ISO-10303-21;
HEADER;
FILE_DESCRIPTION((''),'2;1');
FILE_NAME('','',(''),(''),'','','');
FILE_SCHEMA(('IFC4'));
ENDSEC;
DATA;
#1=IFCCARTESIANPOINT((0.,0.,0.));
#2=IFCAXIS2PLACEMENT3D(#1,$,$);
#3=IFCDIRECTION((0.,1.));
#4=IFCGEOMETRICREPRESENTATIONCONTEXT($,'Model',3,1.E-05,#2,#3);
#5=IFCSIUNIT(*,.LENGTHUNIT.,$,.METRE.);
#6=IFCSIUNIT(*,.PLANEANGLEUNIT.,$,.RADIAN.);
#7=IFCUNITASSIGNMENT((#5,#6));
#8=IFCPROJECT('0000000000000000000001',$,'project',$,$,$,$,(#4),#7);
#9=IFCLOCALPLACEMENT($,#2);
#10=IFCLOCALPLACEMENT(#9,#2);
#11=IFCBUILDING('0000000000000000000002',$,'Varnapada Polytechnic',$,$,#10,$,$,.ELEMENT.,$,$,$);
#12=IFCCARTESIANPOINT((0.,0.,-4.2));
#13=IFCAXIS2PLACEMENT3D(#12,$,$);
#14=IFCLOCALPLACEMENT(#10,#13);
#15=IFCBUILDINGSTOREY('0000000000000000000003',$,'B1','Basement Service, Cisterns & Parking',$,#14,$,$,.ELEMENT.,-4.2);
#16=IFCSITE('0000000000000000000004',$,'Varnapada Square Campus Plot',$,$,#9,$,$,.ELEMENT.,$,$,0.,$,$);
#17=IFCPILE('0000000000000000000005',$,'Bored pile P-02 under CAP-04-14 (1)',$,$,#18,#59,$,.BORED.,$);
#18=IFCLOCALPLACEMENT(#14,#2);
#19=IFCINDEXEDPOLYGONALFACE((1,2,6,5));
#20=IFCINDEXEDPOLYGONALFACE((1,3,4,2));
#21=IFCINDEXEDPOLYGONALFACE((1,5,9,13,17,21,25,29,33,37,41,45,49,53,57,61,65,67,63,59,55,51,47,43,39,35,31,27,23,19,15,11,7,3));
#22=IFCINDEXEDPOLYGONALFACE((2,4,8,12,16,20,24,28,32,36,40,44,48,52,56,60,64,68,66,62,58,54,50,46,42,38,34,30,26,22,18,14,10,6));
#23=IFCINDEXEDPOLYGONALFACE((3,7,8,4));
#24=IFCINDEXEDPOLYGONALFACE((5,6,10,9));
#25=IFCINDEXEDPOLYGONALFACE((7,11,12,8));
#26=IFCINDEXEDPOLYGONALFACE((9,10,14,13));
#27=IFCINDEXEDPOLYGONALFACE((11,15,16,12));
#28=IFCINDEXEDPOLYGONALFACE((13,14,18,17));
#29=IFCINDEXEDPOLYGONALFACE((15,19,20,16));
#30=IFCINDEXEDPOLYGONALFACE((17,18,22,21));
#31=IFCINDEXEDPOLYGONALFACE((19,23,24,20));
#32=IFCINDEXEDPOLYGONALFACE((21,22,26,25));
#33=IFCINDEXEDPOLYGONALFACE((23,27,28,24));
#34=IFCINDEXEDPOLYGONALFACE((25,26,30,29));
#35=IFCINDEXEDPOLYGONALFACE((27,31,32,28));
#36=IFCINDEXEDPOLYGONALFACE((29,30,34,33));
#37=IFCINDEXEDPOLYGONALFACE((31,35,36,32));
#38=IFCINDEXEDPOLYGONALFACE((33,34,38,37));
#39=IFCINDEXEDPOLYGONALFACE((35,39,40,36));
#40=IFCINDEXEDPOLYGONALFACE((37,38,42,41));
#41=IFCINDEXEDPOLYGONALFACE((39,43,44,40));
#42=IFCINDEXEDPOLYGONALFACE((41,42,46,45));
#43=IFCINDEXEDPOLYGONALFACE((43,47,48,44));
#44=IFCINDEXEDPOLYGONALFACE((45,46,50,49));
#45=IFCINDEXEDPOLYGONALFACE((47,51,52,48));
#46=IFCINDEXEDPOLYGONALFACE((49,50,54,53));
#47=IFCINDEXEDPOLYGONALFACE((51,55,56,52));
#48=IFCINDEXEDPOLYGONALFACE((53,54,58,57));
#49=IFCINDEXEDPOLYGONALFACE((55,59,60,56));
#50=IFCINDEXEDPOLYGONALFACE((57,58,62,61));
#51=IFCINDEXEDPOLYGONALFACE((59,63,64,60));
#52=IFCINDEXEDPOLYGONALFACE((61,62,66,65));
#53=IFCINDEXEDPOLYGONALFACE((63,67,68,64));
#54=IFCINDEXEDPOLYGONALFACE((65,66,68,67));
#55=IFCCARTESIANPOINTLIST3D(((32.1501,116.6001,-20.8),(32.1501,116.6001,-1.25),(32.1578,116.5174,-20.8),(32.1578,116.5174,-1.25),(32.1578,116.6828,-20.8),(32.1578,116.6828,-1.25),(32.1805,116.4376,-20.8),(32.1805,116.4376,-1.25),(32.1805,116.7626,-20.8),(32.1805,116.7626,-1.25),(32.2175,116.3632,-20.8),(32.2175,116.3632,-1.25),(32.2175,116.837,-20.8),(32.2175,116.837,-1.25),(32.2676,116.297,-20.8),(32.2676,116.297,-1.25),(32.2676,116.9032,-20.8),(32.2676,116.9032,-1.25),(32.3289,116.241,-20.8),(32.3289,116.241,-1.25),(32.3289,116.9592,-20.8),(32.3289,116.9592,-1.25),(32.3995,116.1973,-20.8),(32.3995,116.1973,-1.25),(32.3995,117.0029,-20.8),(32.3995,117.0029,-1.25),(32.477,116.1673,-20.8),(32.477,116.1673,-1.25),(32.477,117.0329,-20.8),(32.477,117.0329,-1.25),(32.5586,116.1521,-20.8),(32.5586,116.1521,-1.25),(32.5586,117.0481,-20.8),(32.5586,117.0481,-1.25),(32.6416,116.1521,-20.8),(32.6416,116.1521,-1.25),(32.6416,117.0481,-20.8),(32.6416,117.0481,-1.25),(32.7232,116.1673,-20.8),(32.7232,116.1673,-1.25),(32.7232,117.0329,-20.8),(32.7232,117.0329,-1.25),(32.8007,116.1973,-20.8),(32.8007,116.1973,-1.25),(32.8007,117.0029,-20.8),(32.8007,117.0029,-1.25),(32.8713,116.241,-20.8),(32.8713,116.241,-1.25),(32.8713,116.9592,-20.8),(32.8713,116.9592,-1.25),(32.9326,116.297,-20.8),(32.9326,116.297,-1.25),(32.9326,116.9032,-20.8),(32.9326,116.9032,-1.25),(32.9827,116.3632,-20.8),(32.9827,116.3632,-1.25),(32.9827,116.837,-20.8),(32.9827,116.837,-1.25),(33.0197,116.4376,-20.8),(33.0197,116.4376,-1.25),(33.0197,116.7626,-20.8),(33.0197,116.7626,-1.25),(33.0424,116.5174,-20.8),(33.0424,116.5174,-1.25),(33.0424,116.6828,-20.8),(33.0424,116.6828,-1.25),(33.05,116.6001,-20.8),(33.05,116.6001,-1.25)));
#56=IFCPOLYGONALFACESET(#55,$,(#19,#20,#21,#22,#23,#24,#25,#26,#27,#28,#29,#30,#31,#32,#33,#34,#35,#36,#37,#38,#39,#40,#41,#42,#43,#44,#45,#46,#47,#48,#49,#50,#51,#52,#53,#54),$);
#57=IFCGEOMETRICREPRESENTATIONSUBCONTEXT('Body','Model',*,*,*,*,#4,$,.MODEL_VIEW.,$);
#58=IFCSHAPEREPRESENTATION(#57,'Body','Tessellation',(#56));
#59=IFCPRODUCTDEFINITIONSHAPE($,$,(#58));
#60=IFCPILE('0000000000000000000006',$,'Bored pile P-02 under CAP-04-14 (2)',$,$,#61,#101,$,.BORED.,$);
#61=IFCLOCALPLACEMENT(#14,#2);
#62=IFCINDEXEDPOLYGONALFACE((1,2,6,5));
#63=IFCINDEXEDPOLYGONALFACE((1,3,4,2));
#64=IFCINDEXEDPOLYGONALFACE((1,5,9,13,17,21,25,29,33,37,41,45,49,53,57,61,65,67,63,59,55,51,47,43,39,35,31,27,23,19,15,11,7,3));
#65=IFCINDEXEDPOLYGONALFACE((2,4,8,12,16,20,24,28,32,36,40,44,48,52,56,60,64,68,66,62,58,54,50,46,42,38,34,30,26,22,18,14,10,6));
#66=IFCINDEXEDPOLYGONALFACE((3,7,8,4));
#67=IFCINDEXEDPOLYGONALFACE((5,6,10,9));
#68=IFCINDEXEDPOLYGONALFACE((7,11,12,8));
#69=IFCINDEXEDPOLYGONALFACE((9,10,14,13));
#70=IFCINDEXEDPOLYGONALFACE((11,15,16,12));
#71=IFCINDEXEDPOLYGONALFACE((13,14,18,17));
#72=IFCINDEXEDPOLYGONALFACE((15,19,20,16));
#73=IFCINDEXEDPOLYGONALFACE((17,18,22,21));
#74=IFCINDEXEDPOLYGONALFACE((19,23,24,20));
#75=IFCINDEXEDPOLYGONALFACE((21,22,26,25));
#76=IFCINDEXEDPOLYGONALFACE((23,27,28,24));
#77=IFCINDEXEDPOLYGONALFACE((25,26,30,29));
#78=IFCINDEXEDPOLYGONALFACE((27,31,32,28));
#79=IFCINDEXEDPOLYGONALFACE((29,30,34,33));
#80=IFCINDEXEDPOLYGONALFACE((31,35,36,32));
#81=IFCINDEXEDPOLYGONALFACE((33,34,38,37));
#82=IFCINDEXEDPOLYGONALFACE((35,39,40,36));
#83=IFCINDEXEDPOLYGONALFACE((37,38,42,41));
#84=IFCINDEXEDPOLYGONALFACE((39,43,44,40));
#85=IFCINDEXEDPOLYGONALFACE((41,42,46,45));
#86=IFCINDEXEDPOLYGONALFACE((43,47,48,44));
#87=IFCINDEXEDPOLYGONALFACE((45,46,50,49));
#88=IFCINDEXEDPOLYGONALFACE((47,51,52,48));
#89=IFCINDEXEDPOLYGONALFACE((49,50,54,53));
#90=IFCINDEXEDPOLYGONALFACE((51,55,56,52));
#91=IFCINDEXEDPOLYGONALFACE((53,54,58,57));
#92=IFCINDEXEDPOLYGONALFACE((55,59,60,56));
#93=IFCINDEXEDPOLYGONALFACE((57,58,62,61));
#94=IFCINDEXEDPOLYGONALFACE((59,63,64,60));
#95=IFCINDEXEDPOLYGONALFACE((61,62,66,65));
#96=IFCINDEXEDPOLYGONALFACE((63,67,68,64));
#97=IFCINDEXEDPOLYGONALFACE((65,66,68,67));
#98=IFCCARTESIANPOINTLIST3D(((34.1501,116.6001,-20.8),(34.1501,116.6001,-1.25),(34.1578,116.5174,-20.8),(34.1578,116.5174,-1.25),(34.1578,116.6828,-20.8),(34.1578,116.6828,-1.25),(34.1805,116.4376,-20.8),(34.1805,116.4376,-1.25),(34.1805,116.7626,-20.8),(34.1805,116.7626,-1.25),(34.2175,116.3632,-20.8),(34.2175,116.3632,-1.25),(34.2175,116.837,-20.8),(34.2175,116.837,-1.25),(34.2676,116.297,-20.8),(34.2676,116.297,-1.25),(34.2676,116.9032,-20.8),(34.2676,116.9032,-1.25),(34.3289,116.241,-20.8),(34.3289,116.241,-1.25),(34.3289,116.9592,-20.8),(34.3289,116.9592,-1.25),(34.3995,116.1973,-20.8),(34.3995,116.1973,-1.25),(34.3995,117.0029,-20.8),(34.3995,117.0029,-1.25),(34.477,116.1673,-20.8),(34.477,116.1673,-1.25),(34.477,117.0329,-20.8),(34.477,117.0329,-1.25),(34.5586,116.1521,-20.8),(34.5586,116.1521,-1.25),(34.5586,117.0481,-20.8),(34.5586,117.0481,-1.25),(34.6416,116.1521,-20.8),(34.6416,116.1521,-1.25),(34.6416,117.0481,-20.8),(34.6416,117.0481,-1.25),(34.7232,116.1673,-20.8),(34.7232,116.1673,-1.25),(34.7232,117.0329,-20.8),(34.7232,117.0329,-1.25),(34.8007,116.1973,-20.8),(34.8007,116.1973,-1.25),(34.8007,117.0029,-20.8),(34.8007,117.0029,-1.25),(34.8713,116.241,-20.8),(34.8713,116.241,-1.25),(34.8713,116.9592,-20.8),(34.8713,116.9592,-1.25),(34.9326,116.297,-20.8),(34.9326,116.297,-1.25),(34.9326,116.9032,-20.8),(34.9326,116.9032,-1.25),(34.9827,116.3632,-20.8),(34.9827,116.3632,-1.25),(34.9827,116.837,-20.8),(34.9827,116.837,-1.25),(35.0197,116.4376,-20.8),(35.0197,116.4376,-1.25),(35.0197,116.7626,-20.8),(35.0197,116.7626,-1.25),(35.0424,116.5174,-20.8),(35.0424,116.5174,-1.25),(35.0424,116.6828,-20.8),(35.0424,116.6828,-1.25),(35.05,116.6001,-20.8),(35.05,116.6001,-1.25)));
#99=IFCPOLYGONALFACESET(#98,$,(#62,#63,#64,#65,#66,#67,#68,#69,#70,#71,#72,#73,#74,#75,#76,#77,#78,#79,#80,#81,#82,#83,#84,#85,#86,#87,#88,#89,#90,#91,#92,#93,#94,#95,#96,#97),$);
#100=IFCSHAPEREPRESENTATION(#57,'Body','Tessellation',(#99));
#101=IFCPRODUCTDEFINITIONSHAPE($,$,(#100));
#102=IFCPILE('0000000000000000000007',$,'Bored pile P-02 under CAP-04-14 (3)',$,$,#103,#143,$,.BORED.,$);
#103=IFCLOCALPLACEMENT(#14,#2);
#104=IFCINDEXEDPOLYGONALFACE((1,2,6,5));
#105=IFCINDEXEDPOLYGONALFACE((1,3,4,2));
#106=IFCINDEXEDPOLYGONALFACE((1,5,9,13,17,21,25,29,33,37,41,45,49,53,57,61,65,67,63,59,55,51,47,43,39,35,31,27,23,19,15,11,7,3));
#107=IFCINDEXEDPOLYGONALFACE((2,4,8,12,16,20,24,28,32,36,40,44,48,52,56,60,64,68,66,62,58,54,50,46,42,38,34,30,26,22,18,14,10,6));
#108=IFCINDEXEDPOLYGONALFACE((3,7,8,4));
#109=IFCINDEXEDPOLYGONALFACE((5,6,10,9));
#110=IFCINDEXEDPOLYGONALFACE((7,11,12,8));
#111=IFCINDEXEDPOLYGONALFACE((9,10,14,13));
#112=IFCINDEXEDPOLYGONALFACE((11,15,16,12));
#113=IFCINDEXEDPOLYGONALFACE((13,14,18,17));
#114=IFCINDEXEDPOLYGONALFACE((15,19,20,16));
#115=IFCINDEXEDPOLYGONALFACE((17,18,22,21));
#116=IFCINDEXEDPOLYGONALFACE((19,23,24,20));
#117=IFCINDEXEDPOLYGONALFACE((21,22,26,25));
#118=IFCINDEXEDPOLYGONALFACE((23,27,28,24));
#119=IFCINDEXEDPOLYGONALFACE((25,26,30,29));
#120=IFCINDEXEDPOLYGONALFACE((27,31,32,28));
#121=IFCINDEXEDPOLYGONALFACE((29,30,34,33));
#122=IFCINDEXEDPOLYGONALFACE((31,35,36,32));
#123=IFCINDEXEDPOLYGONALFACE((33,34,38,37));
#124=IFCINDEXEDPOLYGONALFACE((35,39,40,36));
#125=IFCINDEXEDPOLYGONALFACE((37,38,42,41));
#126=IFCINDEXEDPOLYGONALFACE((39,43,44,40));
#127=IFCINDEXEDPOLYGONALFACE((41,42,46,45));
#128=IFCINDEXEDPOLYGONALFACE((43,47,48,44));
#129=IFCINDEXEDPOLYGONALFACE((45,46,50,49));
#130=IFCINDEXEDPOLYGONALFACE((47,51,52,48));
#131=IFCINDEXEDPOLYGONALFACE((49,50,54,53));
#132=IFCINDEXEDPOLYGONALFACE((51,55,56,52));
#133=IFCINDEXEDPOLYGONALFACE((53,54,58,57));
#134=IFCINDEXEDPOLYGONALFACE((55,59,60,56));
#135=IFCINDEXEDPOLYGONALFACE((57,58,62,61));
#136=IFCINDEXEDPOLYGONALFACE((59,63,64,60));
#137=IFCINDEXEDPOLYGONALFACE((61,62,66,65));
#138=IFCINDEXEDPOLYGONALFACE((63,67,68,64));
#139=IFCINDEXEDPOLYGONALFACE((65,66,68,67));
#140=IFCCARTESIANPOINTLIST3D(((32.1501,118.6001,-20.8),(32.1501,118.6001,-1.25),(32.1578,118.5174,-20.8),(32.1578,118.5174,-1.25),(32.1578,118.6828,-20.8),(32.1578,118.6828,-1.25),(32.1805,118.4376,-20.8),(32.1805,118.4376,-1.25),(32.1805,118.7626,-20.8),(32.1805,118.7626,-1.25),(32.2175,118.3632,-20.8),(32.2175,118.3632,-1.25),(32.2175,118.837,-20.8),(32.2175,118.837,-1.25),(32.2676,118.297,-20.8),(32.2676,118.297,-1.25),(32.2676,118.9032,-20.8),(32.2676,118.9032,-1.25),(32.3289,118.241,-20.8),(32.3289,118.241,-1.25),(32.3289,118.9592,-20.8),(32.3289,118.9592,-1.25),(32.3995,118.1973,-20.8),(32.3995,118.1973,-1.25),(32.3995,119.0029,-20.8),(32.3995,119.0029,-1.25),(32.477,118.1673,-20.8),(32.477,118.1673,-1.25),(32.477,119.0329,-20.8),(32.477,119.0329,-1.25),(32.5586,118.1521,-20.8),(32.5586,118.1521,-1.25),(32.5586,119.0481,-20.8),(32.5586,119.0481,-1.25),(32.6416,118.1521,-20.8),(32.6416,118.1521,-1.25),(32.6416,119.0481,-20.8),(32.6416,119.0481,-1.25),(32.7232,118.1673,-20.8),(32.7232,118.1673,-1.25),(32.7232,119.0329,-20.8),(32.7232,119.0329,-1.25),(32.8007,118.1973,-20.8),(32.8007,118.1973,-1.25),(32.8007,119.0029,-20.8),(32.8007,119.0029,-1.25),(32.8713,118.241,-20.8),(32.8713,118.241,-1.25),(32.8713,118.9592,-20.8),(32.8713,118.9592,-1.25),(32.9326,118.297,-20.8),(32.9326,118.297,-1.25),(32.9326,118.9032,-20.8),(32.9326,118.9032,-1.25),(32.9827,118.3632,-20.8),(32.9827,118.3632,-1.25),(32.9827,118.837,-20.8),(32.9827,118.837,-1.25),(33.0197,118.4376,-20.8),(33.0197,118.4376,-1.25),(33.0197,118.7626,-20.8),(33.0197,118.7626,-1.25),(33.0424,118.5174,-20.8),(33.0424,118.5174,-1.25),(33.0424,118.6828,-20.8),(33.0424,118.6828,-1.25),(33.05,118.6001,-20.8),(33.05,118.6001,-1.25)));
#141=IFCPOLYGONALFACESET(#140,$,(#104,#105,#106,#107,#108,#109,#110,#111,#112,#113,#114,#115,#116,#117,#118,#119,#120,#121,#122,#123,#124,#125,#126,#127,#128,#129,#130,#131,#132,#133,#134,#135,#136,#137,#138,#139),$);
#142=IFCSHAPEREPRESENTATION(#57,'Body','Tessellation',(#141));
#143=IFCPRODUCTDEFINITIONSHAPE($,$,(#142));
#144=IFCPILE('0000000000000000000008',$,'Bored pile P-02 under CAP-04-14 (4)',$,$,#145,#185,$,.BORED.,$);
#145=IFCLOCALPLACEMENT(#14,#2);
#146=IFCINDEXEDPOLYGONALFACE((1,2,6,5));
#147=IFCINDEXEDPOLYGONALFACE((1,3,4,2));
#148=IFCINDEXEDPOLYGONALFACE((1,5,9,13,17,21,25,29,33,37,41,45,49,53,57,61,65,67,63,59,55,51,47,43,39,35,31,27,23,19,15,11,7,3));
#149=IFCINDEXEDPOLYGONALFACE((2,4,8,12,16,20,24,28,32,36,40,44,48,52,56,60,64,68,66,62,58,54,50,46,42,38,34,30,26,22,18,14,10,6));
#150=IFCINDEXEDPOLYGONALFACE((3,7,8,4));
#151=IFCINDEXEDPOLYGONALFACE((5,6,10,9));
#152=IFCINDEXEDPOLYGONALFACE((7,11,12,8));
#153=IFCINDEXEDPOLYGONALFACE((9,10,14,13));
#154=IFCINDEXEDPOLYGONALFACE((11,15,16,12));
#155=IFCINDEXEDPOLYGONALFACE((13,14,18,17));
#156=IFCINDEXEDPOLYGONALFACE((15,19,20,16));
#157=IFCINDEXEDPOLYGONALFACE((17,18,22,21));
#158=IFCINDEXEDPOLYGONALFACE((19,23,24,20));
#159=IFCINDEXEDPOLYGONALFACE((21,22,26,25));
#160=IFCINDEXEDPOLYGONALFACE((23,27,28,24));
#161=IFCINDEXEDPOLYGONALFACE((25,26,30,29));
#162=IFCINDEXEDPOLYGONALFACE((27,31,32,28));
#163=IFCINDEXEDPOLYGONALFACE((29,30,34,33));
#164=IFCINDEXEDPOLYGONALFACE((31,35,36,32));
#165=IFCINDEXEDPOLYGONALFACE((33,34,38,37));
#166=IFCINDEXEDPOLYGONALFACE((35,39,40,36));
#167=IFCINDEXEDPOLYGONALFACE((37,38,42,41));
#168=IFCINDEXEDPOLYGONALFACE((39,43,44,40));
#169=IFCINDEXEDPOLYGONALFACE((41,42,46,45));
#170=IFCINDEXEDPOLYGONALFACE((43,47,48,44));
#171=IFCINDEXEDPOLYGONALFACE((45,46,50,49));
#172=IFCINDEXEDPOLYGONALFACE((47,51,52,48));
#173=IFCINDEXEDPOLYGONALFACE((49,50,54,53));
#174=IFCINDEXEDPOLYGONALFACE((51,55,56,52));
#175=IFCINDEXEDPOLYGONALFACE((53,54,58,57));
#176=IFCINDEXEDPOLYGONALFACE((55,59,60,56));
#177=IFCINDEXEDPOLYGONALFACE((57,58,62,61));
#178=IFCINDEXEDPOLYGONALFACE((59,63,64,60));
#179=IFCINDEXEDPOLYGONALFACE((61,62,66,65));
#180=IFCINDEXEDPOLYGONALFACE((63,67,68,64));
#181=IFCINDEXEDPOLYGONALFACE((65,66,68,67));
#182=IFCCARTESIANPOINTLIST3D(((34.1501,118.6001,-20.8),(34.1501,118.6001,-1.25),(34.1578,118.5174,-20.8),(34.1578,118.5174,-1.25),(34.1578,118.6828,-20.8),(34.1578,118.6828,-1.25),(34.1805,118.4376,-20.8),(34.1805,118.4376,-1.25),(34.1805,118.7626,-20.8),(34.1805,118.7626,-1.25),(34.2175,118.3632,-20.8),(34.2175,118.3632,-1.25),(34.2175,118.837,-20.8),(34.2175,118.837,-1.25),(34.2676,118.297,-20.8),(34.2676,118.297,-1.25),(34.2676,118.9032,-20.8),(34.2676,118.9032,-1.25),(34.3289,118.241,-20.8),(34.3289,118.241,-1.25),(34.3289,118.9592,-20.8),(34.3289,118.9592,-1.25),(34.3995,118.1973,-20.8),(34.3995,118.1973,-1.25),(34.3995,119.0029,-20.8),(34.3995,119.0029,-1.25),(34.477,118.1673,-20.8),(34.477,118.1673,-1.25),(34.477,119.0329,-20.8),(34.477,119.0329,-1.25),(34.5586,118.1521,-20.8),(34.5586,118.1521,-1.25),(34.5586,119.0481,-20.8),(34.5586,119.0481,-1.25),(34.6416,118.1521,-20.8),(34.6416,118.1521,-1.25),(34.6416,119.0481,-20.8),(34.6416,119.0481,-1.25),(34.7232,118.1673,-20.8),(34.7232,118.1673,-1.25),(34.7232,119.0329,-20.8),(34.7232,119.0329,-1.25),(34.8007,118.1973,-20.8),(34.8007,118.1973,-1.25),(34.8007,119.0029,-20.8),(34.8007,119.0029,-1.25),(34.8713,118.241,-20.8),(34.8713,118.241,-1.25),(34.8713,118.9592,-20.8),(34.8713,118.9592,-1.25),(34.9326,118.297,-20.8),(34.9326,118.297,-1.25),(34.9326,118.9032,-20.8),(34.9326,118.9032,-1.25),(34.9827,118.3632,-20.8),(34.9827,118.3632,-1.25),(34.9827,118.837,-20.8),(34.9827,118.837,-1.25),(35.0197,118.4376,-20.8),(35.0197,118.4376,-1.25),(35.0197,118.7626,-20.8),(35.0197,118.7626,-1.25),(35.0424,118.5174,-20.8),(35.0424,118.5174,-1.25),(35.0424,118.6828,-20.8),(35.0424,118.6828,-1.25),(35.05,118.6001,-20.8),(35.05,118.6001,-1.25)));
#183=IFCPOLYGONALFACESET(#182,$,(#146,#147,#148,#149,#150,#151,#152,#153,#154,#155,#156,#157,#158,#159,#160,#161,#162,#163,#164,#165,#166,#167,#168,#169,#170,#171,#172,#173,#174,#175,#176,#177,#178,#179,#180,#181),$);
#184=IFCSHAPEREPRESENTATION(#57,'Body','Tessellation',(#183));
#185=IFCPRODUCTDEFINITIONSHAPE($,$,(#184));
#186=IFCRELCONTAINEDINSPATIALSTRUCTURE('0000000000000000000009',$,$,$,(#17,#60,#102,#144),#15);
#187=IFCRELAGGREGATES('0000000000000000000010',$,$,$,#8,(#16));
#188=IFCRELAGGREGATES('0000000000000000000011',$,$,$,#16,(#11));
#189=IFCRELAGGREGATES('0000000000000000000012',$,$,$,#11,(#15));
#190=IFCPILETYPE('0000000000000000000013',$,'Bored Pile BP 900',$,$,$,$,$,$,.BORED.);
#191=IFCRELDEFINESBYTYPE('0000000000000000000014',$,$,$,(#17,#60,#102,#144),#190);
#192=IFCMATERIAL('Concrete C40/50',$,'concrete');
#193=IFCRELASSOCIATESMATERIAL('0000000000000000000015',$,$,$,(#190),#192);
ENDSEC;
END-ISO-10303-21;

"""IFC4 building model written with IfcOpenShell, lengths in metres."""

from ifc_helpers import new_model, si_unit, direction, frame, origin, origin_2d, place, context, subcontext, project, spatial, circle, extrude, material, material_profile, profile_set, type_object, element, save


model = new_model("IFC4")

# Units and contexts
model_context = context("Model", 3, precision=1e-05, world=origin(), true_north=direction((0.0, 1.0)))
body_context = subcontext(model_context, "Body", "Model", "MODEL_VIEW")
ifc_project = project(units=[si_unit("LENGTHUNIT", "METRE"), si_unit("PLANEANGLEUNIT", "RADIAN")], contexts=[model_context])

# Site, building, storey
site_placement = place(None, origin())
site = spatial("IfcSite", under=ifc_project, at=site_placement, Name="Varnapada Square Campus Plot", CompositionType="ELEMENT", RefElevation=0.0)
building_placement = place(site_placement, origin())
building = spatial("IfcBuilding", under=site, at=building_placement, Name="Varnapada Polytechnic", CompositionType="ELEMENT")
storey_placement = place(building_placement, frame((0.0, 0.0, -4.2)))
storey = spatial("IfcBuildingStorey", under=building, at=storey_placement, Name="B1", Description="Basement Service, Cisterns & Parking", CompositionType="ELEMENT", Elevation=-4.2)

# Piles
ifc_material_1 = material(Name="Concrete C40/50", Category="concrete")
ifc_material_profile_1 = material_profile(ifc_material_1, circle(Radius=0.45, at=origin_2d()), Name="BP 900")
ifc_profile_set_1 = profile_set([ifc_material_profile_1], Name="Concrete C40/50")
pile_type_1 = type_object("IfcPileType", Name="Bored Pile BP 900", PredefinedType="BORED", material=ifc_profile_set_1)
for number, where, z_axis, x_axis, name in (
    (1, (32.6001, 116.6001, -1.25), (0.0, 0.0, -1.0), (1.0, 0.0, 0.0), "Bored pile P-02 under CAP-04-14 (1)"),
    (2, (34.6001, 116.6001, -1.25), (0.0, 0.0, -1.0), (1.0, 0.0, 0.0), "Bored pile P-02 under CAP-04-14 (2)"),
    (3, (32.6001, 118.6001, -1.25), (0.0, 0.0, -1.0), (1.0, 0.0, 0.0), "Bored pile P-02 under CAP-04-14 (3)"),
    (4, (34.6001, 118.6001, -1.25), (0.0, 0.0, -1.0), (1.0, 0.0, 0.0), "Bored pile P-02 under CAP-04-14 (4)"),
):
    element("IfcPile", number, at=place(storey_placement, frame(where, z_axis=z_axis, x_axis=x_axis)), inside=storey, type_object=pile_type_1, Name=name, PredefinedType="BORED", context=body_context, shape_type="SweptSolid", body=[
        extrude(circle(Radius=0.45, at=origin_2d()), origin(), (0.0, 0.0, 1.0), 19.55),
    ])

save(model, "model.ifc")
